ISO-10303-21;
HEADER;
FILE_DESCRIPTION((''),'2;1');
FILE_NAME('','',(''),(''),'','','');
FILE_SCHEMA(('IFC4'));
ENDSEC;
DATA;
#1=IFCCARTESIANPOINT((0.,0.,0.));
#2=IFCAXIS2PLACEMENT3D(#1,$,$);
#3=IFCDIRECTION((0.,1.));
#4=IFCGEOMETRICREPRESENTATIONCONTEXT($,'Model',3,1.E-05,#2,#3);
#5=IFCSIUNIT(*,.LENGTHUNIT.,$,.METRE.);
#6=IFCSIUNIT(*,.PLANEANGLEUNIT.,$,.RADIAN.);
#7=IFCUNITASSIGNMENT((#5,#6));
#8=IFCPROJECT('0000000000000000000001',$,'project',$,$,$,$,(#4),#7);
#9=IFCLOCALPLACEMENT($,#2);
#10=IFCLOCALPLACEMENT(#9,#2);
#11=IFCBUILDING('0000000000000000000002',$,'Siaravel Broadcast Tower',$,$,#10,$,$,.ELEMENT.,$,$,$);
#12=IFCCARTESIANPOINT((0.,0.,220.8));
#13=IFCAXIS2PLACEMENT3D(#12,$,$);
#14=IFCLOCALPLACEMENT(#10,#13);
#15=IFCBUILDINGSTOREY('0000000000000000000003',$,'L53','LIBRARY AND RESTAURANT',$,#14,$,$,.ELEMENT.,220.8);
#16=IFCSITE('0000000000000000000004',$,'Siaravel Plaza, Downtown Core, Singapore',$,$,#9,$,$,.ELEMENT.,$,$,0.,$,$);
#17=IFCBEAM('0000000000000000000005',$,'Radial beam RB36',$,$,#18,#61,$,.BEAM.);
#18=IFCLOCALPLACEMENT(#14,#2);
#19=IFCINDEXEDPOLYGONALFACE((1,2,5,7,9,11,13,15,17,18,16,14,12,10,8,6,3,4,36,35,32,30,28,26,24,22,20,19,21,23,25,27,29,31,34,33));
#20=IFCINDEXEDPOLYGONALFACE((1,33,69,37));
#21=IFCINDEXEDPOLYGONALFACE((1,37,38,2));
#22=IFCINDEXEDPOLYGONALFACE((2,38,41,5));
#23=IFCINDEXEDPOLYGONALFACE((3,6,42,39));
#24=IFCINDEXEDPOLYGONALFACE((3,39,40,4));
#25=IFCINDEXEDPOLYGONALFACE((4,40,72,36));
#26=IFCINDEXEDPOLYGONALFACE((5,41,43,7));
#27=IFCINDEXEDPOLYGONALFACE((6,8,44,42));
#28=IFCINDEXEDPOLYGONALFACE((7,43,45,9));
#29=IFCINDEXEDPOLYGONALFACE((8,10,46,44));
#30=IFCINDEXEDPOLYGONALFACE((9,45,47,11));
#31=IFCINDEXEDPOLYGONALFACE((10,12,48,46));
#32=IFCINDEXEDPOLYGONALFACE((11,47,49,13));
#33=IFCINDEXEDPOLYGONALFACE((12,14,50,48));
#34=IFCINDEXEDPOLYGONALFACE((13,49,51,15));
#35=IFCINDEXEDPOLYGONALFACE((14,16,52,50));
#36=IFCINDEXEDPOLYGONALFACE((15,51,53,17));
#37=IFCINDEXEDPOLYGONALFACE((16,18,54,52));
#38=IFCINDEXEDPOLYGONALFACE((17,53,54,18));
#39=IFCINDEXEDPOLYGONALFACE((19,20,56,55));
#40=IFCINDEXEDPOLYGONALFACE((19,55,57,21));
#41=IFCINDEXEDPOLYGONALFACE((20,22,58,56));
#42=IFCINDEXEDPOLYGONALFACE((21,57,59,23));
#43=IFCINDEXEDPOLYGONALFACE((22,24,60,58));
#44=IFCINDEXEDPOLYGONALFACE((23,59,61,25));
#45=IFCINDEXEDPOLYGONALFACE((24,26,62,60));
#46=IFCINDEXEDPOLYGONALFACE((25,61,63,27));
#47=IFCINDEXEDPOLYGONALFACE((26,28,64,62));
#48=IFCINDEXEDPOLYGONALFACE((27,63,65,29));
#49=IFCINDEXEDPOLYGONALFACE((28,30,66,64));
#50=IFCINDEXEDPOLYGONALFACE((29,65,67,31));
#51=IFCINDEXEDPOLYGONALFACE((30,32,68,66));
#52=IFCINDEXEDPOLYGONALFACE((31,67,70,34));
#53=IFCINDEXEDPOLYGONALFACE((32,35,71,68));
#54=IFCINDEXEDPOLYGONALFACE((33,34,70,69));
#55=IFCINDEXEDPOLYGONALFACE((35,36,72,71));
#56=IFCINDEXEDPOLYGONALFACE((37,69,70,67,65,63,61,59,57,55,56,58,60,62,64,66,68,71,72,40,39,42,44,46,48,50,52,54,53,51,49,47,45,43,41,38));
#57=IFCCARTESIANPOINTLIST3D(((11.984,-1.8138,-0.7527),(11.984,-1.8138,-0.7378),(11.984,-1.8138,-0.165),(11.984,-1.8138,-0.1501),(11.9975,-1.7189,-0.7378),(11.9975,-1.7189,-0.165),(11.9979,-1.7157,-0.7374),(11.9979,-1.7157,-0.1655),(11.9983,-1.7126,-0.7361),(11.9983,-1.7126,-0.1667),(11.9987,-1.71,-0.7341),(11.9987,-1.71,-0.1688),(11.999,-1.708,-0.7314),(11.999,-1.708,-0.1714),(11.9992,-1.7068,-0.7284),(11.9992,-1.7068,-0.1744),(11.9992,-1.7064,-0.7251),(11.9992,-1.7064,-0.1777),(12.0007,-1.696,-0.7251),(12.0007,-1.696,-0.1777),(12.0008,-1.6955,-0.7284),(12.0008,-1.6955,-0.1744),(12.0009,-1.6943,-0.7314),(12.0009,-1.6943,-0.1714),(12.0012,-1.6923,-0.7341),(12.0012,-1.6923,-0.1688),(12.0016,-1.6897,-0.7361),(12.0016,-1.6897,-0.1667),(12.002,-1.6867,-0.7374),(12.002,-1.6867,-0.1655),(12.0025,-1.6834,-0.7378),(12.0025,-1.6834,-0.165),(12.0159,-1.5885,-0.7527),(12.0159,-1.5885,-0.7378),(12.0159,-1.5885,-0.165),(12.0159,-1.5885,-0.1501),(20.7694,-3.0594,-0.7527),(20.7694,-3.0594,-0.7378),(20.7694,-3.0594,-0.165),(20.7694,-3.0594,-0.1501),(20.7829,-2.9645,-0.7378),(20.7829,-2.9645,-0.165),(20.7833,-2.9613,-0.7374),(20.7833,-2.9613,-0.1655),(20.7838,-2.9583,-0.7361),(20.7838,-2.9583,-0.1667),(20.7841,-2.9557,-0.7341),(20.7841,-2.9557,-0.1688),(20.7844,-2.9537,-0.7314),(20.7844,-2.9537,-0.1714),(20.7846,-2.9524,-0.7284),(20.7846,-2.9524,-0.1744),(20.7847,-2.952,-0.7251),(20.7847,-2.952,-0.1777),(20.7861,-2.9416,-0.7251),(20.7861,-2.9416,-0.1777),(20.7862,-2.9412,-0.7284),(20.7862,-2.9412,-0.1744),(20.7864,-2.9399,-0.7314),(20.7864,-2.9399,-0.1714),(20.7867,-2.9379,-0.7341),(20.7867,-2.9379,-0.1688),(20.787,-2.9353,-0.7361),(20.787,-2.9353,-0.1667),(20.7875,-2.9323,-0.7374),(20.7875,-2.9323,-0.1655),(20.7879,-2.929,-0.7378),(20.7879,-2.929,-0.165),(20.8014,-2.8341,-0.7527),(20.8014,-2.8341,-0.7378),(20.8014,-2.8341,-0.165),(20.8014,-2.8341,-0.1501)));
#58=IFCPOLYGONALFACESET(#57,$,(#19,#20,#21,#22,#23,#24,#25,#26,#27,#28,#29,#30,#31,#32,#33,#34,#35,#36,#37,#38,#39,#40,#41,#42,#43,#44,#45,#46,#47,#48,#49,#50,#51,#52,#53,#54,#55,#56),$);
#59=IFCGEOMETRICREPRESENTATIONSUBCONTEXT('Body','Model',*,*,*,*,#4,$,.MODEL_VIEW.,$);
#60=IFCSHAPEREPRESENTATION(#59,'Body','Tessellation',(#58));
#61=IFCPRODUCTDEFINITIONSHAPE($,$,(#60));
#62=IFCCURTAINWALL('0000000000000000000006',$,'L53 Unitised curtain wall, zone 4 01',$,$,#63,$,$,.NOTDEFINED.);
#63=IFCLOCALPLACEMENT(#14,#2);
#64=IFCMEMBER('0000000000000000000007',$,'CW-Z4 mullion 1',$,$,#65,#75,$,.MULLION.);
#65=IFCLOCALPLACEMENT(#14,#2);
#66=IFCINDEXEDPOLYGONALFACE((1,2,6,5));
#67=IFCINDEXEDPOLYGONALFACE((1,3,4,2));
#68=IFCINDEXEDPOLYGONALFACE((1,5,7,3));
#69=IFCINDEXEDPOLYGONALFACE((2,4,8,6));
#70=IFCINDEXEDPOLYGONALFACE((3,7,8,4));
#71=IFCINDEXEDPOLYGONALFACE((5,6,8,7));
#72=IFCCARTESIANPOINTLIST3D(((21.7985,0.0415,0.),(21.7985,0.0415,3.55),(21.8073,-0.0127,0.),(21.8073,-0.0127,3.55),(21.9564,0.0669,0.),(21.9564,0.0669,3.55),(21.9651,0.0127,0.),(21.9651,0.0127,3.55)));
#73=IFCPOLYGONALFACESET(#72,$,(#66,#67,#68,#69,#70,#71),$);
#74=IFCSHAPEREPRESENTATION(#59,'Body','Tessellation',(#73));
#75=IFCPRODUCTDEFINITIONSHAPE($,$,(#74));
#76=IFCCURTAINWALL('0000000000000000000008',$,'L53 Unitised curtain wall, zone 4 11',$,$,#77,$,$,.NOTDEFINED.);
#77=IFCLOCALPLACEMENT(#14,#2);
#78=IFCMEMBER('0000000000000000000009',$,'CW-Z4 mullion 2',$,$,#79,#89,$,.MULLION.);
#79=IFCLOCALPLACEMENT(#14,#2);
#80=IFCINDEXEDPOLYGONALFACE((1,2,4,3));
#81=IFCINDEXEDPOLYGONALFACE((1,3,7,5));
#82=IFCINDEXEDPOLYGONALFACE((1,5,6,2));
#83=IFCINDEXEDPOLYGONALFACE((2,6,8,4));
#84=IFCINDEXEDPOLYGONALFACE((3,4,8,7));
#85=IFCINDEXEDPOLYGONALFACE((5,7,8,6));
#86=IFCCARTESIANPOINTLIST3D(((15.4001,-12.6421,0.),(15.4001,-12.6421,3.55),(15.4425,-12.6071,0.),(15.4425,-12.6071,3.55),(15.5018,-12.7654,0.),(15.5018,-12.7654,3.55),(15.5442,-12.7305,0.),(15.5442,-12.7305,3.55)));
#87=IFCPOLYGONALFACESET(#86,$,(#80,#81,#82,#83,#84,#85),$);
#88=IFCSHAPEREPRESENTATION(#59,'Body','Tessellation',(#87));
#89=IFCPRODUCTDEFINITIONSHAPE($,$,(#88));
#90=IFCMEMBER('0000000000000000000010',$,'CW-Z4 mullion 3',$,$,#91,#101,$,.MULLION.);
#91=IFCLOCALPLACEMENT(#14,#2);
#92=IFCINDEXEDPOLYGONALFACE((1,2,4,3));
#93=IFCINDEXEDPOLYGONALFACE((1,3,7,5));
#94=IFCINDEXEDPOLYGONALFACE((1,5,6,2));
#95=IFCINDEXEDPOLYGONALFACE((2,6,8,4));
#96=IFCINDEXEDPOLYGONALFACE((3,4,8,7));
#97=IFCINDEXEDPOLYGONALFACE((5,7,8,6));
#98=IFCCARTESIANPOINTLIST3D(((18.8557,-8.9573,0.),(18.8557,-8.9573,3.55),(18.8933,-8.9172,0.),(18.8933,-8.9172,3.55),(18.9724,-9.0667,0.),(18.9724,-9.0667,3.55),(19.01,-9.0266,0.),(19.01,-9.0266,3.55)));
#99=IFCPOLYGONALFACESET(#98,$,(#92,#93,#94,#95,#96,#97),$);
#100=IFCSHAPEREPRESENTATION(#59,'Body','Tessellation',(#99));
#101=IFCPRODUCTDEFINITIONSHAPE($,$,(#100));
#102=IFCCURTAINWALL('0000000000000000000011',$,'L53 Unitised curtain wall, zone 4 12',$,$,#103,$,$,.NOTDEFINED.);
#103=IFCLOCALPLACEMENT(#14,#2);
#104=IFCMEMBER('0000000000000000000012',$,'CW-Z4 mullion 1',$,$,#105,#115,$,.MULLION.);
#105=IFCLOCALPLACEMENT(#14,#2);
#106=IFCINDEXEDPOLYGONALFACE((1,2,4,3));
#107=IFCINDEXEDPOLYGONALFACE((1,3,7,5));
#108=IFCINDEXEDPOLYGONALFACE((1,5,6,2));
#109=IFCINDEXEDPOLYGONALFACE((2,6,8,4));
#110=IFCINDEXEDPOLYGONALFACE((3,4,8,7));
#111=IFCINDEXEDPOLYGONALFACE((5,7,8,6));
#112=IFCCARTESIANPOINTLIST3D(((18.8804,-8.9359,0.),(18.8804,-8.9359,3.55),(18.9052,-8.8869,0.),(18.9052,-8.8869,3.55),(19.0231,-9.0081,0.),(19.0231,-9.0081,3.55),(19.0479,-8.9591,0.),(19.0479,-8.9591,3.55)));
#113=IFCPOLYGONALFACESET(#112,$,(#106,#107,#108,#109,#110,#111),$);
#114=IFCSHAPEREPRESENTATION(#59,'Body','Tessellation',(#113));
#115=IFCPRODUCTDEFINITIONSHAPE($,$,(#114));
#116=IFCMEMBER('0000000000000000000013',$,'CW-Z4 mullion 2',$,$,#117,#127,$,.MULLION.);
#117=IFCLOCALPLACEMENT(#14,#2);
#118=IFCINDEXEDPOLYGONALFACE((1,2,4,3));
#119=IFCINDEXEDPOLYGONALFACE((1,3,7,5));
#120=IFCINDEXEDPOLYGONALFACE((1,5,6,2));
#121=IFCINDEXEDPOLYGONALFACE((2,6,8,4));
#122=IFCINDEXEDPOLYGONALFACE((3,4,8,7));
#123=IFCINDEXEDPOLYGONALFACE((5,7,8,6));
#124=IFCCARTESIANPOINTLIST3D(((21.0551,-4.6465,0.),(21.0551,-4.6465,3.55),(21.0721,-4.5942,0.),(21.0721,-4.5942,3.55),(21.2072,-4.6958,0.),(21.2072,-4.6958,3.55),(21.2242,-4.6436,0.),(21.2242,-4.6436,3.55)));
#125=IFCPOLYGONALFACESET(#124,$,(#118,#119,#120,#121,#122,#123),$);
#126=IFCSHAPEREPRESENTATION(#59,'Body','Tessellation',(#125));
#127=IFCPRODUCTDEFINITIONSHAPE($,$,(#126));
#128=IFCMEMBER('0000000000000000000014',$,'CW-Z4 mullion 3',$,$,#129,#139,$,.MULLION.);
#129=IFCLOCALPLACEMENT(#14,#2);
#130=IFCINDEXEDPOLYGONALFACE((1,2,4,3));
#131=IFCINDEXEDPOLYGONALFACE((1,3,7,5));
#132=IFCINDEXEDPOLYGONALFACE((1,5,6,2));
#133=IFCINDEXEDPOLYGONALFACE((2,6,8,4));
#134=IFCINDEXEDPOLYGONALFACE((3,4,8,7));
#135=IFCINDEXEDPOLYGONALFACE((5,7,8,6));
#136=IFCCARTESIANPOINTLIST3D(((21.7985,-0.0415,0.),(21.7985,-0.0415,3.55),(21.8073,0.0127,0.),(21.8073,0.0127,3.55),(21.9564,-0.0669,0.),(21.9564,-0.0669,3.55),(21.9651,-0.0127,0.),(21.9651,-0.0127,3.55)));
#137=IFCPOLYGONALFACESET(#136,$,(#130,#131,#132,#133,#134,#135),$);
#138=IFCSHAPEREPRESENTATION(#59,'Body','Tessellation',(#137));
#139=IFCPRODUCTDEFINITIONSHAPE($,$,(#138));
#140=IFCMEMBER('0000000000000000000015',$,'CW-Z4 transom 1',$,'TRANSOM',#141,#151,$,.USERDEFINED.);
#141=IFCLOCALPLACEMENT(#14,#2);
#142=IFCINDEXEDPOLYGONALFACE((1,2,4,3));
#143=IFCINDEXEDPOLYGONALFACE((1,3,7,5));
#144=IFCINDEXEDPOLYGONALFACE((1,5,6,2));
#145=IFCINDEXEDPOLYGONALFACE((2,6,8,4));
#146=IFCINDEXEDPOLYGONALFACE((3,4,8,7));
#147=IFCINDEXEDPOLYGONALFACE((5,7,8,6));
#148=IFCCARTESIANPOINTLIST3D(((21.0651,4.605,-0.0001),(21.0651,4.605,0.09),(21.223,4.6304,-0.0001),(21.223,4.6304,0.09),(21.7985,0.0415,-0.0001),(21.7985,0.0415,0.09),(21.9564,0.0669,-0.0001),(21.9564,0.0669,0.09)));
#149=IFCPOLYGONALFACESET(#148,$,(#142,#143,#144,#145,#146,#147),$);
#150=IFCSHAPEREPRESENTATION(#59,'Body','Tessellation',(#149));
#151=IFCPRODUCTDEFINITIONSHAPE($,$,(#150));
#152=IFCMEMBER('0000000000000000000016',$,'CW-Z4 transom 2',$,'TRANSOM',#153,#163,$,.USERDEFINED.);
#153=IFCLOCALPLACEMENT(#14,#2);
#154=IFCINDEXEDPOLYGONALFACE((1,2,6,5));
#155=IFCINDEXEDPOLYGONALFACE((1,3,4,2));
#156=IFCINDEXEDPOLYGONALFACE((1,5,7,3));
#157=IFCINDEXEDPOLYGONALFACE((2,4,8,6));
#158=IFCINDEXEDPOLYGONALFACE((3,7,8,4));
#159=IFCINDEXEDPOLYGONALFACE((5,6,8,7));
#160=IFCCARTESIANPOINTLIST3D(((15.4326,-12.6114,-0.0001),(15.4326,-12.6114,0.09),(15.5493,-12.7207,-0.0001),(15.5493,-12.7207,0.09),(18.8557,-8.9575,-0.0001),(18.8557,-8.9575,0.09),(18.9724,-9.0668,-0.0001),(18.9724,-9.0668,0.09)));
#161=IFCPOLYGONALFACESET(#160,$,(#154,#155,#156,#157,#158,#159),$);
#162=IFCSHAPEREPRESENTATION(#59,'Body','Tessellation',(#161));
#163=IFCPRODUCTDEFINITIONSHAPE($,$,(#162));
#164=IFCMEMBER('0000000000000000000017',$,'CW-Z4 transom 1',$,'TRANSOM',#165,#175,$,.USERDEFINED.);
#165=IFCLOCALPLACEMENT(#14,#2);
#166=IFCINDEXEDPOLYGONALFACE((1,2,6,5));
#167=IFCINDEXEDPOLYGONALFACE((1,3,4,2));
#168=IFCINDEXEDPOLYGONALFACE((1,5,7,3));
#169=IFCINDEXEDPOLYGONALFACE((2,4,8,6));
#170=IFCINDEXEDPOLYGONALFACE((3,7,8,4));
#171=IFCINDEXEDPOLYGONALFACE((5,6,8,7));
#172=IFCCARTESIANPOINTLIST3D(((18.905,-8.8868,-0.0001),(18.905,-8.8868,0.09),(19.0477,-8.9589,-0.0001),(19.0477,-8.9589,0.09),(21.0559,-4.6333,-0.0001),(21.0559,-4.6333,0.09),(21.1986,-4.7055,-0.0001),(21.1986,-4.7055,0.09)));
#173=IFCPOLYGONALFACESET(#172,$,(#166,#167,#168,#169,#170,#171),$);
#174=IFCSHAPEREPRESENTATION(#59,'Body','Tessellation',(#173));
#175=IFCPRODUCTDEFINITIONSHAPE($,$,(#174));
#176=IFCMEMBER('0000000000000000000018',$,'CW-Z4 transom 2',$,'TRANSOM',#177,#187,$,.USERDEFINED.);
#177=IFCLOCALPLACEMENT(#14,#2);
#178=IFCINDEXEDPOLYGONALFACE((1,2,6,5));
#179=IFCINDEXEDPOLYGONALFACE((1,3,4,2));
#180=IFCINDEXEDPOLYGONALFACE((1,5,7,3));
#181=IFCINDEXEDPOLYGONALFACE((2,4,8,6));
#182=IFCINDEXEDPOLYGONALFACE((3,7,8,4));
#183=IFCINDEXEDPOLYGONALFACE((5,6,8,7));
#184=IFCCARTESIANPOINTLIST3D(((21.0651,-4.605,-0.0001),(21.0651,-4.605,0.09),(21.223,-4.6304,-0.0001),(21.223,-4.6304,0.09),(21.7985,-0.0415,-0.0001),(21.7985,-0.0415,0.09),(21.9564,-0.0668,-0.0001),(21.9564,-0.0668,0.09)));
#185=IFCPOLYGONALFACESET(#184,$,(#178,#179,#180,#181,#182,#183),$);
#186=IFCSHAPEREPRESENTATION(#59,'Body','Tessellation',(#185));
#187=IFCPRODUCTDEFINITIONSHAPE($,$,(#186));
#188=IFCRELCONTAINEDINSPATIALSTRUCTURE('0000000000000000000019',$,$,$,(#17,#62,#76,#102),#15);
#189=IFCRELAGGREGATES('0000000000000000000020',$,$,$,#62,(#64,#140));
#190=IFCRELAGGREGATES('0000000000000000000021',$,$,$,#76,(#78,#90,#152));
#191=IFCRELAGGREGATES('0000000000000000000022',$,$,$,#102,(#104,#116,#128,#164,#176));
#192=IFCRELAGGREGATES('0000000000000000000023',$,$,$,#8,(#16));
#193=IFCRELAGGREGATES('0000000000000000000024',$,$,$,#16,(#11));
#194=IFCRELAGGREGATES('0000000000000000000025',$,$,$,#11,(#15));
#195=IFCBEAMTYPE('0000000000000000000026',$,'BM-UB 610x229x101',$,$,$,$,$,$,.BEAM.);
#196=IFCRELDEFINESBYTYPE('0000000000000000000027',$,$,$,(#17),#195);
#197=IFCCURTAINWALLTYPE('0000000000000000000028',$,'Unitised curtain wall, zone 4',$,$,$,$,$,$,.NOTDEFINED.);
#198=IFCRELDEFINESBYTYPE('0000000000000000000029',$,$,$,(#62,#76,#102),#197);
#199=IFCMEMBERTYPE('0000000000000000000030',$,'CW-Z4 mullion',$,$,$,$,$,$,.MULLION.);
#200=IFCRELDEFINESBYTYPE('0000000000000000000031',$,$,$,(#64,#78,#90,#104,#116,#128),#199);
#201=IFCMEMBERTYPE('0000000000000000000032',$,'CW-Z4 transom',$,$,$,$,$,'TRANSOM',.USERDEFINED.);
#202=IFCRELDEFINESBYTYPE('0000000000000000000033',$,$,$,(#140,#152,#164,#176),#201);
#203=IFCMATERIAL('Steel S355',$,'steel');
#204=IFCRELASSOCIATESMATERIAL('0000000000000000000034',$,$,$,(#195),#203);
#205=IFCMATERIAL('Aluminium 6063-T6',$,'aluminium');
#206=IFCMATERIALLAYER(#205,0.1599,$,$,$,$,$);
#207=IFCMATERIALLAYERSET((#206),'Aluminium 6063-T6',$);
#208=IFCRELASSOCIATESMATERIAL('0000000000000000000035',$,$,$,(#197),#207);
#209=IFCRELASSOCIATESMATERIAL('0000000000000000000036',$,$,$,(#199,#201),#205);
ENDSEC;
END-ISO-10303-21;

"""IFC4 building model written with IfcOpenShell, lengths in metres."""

from ifc_helpers import new_model, si_unit, direction, frame, origin, origin_2d, place, context, subcontext, project, spatial, rectangle, i_section, extrude, material, layer, layer_set, material_profile, profile_set, type_object, element, aggregate, save


model = new_model("IFC4")

# Units and contexts
model_context = context("Model", 3, precision=1e-05, world=origin(), true_north=direction((0.0, 1.0)))
body_context = subcontext(model_context, "Body", "Model", "MODEL_VIEW")
ifc_project = project(units=[si_unit("LENGTHUNIT", "METRE"), si_unit("PLANEANGLEUNIT", "RADIAN")], contexts=[model_context])

# Site, building, storey
site_placement = place(None, origin())
site = spatial("IfcSite", under=ifc_project, at=site_placement, Name="Siaravel Plaza, Downtown Core, Singapore", CompositionType="ELEMENT", RefElevation=0.0)
building_placement = place(site_placement, origin())
building = spatial("IfcBuilding", under=site, at=building_placement, Name="Siaravel Broadcast Tower", CompositionType="ELEMENT")
storey_placement = place(building_placement, frame((0.0, 0.0, 220.8)))
storey = spatial("IfcBuildingStorey", under=building, at=storey_placement, Name="L53", Description="LIBRARY AND RESTAURANT", CompositionType="ELEMENT", Elevation=220.8)

# Beam
ifc_material_1 = material(Name="Steel S355", Category="steel")
ifc_material_profile_1 = material_profile(ifc_material_1, i_section(OverallWidth=0.2275, OverallDepth=0.6025, WebThickness=0.0105, FlangeThickness=0.0149, FilletRadius=0.0127, at=origin_2d()))
ifc_profile_set_1 = profile_set([ifc_material_profile_1], Name="Steel S355")
beam_type = type_object("IfcBeamType", Name="BM-UB 610x229x101", PredefinedType="BEAM", material=ifc_profile_set_1)
beam_1_placement = place(storey_placement, frame((20.7854, -2.9468, -0.4514), z_axis=(-0.990098, 0.140377, 0.0), x_axis=(-0.140377, -0.990098, 0.0)))
element("IfcBeam", 1, at=beam_1_placement, inside=storey, type_object=beam_type, Name="Radial beam RB36", PredefinedType="BEAM", context=body_context, shape_type="SweptSolid", body=[
    extrude(i_section(OverallWidth=0.2275, OverallDepth=0.6025, WebThickness=0.0105, FlangeThickness=0.0149, FilletRadius=0.0127, at=origin_2d()), origin(), (0.0, 0.0, 1.0), 8.8733),
])

# Curtain wall, member
ifc_material_2 = material(Name="Aluminium 6063-T6", Category="aluminium")
ifc_layer_1 = layer(ifc_material_2, 0.1599)
ifc_layer_set_1 = layer_set([ifc_layer_1], Name="Aluminium 6063-T6")
curtain_wall_type = type_object("IfcCurtainWallType", Name="Unitised curtain wall, zone 4", PredefinedType="NOTDEFINED", material=ifc_layer_set_1)
curtain_wall_1_placement = place(storey_placement, origin())
curtain_wall_1 = element("IfcCurtainWall", 2, at=curtain_wall_1_placement, inside=storey, type_object=curtain_wall_type, Name="L53 Unitised curtain wall, zone 4 01", PredefinedType="NOTDEFINED")
ifc_material_profile_2 = material_profile(ifc_material_2, rectangle(XDim=0.1599, YDim=0.0549, at=origin_2d()))
ifc_profile_set_2 = profile_set([ifc_material_profile_2], Name="Aluminium 6063-T6")
member_type_1 = type_object("IfcMemberType", Name="CW-Z4 mullion", PredefinedType="MULLION", material=ifc_profile_set_2)
member_1_placement = place(storey_placement, frame((21.8818, 0.0271, 0.0), z_axis=(0.0, 0.0, 1.0), x_axis=(-0.987329, -0.158685, 0.0)))
member_1 = element("IfcMember", 3, at=member_1_placement, type_object=member_type_1, Name="CW-Z4 mullion 1", PredefinedType="MULLION", context=body_context, shape_type="SweptSolid", body=[
    extrude(rectangle(XDim=0.1599, YDim=0.0549, at=origin_2d()), origin(), (0.0, 0.0, 1.0), 3.55),
])

# Curtain walls, members
curtain_wall_2_placement = place(storey_placement, origin())
curtain_wall_2 = element("IfcCurtainWall", 4, at=curtain_wall_2_placement, inside=storey, type_object=curtain_wall_type, Name="L53 Unitised curtain wall, zone 4 11", PredefinedType="NOTDEFINED")
member_2_placement = place(storey_placement, frame((15.4722, -12.6863, 0.0), z_axis=(0.0, 0.0, 1.0), x_axis=(-0.63622, 0.771508, 0.0)))
member_2 = element("IfcMember", 5, at=member_2_placement, type_object=member_type_1, Name="CW-Z4 mullion 2", PredefinedType="MULLION", context=body_context, shape_type="SweptSolid", body=[
    extrude(rectangle(XDim=0.1599, YDim=0.0549, at=origin_2d()), origin(), (0.0, 0.0, 1.0), 3.55),
])
member_3_placement = place(storey_placement, frame((18.9329, -8.9919, 0.0), z_axis=(0.0, 0.0, 1.0), x_axis=(-0.729806, 0.683654, 0.0)))
member_3 = element("IfcMember", 6, at=member_3_placement, type_object=member_type_1, Name="CW-Z4 mullion 3", PredefinedType="MULLION", context=body_context, shape_type="SweptSolid", body=[
    extrude(rectangle(XDim=0.1599, YDim=0.0549, at=origin_2d()), origin(), (0.0, 0.0, 1.0), 3.55),
])
curtain_wall_3_placement = place(storey_placement, origin())
curtain_wall_3 = element("IfcCurtainWall", 7, at=curtain_wall_3_placement, inside=storey, type_object=curtain_wall_type, Name="L53 Unitised curtain wall, zone 4 12", PredefinedType="NOTDEFINED")
member_4_placement = place(storey_placement, frame((18.9641, -8.9475, 0.0), z_axis=(0.0, 0.0, 1.0), x_axis=(-0.892393, 0.45126, 0.0)))
member_4 = element("IfcMember", 8, at=member_4_placement, type_object=member_type_1, Name="CW-Z4 mullion 1", PredefinedType="MULLION", context=body_context, shape_type="SweptSolid", body=[
    extrude(rectangle(XDim=0.1599, YDim=0.0549, at=origin_2d()), origin(), (0.0, 0.0, 1.0), 3.55),
])
member_5_placement = place(storey_placement, frame((21.1396, -4.645, 0.0), z_axis=(0.0, 0.0, 1.0), x_axis=(-0.951178, 0.308644, 0.0)))
member_5 = element("IfcMember", 9, at=member_5_placement, type_object=member_type_1, Name="CW-Z4 mullion 2", PredefinedType="MULLION", context=body_context, shape_type="SweptSolid", body=[
    extrude(rectangle(XDim=0.1599, YDim=0.0549, at=origin_2d()), origin(), (0.0, 0.0, 1.0), 3.55),
])
member_6_placement = place(storey_placement, frame((21.8818, -0.0271, 0.0), z_axis=(0.0, 0.0, 1.0), x_axis=(-0.987329, 0.158685, 0.0)))
member_6 = element("IfcMember", 10, at=member_6_placement, type_object=member_type_1, Name="CW-Z4 mullion 3", PredefinedType="MULLION", context=body_context, shape_type="SweptSolid", body=[
    extrude(rectangle(XDim=0.1599, YDim=0.0549, at=origin_2d()), origin(), (0.0, 0.0, 1.0), 3.55),
])

# Members
ifc_material_profile_3 = material_profile(ifc_material_2, rectangle(XDim=0.1599, YDim=0.0901, at=origin_2d()))
ifc_profile_set_3 = profile_set([ifc_material_profile_3], Name="Aluminium 6063-T6")
member_type_2 = type_object("IfcMemberType", Name="CW-Z4 transom", ElementType="TRANSOM", PredefinedType="USERDEFINED", material=ifc_profile_set_3)
member_7_placement = place(storey_placement, frame((21.8774, 0.0542, 0.0449), z_axis=(-0.158674, 0.987331, 0.0), x_axis=(-0.987331, -0.158674, 0.0)))
member_7 = element("IfcMember", 11, at=member_7_placement, type_object=member_type_2, Name="CW-Z4 transom 1", ObjectType="TRANSOM", PredefinedType="USERDEFINED", context=body_context, shape_type="SweptSolid", body=[
    extrude(rectangle(XDim=0.1599, YDim=0.0901, at=origin_2d()), origin(), (0.0, 0.0, 1.0), 4.6221),
])
aggregate(curtain_wall_1, [member_1, member_7])
member_8_placement = place(storey_placement, frame((15.491, -12.666, 0.0449), z_axis=(0.683691, 0.729771, 0.0), x_axis=(-0.729771, 0.683691, 0.0)))
member_8 = element("IfcMember", 12, at=member_8_placement, type_object=member_type_2, Name="CW-Z4 transom 2", ObjectType="TRANSOM", PredefinedType="USERDEFINED", context=body_context, shape_type="SweptSolid", body=[
    extrude(rectangle(XDim=0.1599, YDim=0.0901, at=origin_2d()), origin(), (0.0, 0.0, 1.0), 5.0068),
])
member_9_placement = place(storey_placement, frame((18.9763, -8.9229, 0.0449), z_axis=(0.451266, 0.89239, 0.0), x_axis=(-0.89239, 0.451266, 0.0)))
member_9 = element("IfcMember", 13, at=member_9_placement, type_object=member_type_2, Name="CW-Z4 transom 1", ObjectType="TRANSOM", PredefinedType="USERDEFINED", context=body_context, shape_type="SweptSolid", body=[
    extrude(rectangle(XDim=0.1599, YDim=0.0901, at=origin_2d()), origin(), (0.0, 0.0, 1.0), 4.7664),
])
member_10_placement = place(storey_placement, frame((21.144, -4.6177, 0.0449), z_axis=(0.158674, 0.987331, 0.0), x_axis=(-0.987331, 0.158674, 0.0)))
member_10 = element("IfcMember", 14, at=member_10_placement, type_object=member_type_2, Name="CW-Z4 transom 2", ObjectType="TRANSOM", PredefinedType="USERDEFINED", context=body_context, shape_type="SweptSolid", body=[
    extrude(rectangle(XDim=0.1599, YDim=0.0901, at=origin_2d()), origin(), (0.0, 0.0, 1.0), 4.6221),
])

aggregate(curtain_wall_2, [member_2, member_3, member_8])
aggregate(curtain_wall_3, [member_4, member_5, member_6, member_9, member_10])

save(model, "model.ifc")
